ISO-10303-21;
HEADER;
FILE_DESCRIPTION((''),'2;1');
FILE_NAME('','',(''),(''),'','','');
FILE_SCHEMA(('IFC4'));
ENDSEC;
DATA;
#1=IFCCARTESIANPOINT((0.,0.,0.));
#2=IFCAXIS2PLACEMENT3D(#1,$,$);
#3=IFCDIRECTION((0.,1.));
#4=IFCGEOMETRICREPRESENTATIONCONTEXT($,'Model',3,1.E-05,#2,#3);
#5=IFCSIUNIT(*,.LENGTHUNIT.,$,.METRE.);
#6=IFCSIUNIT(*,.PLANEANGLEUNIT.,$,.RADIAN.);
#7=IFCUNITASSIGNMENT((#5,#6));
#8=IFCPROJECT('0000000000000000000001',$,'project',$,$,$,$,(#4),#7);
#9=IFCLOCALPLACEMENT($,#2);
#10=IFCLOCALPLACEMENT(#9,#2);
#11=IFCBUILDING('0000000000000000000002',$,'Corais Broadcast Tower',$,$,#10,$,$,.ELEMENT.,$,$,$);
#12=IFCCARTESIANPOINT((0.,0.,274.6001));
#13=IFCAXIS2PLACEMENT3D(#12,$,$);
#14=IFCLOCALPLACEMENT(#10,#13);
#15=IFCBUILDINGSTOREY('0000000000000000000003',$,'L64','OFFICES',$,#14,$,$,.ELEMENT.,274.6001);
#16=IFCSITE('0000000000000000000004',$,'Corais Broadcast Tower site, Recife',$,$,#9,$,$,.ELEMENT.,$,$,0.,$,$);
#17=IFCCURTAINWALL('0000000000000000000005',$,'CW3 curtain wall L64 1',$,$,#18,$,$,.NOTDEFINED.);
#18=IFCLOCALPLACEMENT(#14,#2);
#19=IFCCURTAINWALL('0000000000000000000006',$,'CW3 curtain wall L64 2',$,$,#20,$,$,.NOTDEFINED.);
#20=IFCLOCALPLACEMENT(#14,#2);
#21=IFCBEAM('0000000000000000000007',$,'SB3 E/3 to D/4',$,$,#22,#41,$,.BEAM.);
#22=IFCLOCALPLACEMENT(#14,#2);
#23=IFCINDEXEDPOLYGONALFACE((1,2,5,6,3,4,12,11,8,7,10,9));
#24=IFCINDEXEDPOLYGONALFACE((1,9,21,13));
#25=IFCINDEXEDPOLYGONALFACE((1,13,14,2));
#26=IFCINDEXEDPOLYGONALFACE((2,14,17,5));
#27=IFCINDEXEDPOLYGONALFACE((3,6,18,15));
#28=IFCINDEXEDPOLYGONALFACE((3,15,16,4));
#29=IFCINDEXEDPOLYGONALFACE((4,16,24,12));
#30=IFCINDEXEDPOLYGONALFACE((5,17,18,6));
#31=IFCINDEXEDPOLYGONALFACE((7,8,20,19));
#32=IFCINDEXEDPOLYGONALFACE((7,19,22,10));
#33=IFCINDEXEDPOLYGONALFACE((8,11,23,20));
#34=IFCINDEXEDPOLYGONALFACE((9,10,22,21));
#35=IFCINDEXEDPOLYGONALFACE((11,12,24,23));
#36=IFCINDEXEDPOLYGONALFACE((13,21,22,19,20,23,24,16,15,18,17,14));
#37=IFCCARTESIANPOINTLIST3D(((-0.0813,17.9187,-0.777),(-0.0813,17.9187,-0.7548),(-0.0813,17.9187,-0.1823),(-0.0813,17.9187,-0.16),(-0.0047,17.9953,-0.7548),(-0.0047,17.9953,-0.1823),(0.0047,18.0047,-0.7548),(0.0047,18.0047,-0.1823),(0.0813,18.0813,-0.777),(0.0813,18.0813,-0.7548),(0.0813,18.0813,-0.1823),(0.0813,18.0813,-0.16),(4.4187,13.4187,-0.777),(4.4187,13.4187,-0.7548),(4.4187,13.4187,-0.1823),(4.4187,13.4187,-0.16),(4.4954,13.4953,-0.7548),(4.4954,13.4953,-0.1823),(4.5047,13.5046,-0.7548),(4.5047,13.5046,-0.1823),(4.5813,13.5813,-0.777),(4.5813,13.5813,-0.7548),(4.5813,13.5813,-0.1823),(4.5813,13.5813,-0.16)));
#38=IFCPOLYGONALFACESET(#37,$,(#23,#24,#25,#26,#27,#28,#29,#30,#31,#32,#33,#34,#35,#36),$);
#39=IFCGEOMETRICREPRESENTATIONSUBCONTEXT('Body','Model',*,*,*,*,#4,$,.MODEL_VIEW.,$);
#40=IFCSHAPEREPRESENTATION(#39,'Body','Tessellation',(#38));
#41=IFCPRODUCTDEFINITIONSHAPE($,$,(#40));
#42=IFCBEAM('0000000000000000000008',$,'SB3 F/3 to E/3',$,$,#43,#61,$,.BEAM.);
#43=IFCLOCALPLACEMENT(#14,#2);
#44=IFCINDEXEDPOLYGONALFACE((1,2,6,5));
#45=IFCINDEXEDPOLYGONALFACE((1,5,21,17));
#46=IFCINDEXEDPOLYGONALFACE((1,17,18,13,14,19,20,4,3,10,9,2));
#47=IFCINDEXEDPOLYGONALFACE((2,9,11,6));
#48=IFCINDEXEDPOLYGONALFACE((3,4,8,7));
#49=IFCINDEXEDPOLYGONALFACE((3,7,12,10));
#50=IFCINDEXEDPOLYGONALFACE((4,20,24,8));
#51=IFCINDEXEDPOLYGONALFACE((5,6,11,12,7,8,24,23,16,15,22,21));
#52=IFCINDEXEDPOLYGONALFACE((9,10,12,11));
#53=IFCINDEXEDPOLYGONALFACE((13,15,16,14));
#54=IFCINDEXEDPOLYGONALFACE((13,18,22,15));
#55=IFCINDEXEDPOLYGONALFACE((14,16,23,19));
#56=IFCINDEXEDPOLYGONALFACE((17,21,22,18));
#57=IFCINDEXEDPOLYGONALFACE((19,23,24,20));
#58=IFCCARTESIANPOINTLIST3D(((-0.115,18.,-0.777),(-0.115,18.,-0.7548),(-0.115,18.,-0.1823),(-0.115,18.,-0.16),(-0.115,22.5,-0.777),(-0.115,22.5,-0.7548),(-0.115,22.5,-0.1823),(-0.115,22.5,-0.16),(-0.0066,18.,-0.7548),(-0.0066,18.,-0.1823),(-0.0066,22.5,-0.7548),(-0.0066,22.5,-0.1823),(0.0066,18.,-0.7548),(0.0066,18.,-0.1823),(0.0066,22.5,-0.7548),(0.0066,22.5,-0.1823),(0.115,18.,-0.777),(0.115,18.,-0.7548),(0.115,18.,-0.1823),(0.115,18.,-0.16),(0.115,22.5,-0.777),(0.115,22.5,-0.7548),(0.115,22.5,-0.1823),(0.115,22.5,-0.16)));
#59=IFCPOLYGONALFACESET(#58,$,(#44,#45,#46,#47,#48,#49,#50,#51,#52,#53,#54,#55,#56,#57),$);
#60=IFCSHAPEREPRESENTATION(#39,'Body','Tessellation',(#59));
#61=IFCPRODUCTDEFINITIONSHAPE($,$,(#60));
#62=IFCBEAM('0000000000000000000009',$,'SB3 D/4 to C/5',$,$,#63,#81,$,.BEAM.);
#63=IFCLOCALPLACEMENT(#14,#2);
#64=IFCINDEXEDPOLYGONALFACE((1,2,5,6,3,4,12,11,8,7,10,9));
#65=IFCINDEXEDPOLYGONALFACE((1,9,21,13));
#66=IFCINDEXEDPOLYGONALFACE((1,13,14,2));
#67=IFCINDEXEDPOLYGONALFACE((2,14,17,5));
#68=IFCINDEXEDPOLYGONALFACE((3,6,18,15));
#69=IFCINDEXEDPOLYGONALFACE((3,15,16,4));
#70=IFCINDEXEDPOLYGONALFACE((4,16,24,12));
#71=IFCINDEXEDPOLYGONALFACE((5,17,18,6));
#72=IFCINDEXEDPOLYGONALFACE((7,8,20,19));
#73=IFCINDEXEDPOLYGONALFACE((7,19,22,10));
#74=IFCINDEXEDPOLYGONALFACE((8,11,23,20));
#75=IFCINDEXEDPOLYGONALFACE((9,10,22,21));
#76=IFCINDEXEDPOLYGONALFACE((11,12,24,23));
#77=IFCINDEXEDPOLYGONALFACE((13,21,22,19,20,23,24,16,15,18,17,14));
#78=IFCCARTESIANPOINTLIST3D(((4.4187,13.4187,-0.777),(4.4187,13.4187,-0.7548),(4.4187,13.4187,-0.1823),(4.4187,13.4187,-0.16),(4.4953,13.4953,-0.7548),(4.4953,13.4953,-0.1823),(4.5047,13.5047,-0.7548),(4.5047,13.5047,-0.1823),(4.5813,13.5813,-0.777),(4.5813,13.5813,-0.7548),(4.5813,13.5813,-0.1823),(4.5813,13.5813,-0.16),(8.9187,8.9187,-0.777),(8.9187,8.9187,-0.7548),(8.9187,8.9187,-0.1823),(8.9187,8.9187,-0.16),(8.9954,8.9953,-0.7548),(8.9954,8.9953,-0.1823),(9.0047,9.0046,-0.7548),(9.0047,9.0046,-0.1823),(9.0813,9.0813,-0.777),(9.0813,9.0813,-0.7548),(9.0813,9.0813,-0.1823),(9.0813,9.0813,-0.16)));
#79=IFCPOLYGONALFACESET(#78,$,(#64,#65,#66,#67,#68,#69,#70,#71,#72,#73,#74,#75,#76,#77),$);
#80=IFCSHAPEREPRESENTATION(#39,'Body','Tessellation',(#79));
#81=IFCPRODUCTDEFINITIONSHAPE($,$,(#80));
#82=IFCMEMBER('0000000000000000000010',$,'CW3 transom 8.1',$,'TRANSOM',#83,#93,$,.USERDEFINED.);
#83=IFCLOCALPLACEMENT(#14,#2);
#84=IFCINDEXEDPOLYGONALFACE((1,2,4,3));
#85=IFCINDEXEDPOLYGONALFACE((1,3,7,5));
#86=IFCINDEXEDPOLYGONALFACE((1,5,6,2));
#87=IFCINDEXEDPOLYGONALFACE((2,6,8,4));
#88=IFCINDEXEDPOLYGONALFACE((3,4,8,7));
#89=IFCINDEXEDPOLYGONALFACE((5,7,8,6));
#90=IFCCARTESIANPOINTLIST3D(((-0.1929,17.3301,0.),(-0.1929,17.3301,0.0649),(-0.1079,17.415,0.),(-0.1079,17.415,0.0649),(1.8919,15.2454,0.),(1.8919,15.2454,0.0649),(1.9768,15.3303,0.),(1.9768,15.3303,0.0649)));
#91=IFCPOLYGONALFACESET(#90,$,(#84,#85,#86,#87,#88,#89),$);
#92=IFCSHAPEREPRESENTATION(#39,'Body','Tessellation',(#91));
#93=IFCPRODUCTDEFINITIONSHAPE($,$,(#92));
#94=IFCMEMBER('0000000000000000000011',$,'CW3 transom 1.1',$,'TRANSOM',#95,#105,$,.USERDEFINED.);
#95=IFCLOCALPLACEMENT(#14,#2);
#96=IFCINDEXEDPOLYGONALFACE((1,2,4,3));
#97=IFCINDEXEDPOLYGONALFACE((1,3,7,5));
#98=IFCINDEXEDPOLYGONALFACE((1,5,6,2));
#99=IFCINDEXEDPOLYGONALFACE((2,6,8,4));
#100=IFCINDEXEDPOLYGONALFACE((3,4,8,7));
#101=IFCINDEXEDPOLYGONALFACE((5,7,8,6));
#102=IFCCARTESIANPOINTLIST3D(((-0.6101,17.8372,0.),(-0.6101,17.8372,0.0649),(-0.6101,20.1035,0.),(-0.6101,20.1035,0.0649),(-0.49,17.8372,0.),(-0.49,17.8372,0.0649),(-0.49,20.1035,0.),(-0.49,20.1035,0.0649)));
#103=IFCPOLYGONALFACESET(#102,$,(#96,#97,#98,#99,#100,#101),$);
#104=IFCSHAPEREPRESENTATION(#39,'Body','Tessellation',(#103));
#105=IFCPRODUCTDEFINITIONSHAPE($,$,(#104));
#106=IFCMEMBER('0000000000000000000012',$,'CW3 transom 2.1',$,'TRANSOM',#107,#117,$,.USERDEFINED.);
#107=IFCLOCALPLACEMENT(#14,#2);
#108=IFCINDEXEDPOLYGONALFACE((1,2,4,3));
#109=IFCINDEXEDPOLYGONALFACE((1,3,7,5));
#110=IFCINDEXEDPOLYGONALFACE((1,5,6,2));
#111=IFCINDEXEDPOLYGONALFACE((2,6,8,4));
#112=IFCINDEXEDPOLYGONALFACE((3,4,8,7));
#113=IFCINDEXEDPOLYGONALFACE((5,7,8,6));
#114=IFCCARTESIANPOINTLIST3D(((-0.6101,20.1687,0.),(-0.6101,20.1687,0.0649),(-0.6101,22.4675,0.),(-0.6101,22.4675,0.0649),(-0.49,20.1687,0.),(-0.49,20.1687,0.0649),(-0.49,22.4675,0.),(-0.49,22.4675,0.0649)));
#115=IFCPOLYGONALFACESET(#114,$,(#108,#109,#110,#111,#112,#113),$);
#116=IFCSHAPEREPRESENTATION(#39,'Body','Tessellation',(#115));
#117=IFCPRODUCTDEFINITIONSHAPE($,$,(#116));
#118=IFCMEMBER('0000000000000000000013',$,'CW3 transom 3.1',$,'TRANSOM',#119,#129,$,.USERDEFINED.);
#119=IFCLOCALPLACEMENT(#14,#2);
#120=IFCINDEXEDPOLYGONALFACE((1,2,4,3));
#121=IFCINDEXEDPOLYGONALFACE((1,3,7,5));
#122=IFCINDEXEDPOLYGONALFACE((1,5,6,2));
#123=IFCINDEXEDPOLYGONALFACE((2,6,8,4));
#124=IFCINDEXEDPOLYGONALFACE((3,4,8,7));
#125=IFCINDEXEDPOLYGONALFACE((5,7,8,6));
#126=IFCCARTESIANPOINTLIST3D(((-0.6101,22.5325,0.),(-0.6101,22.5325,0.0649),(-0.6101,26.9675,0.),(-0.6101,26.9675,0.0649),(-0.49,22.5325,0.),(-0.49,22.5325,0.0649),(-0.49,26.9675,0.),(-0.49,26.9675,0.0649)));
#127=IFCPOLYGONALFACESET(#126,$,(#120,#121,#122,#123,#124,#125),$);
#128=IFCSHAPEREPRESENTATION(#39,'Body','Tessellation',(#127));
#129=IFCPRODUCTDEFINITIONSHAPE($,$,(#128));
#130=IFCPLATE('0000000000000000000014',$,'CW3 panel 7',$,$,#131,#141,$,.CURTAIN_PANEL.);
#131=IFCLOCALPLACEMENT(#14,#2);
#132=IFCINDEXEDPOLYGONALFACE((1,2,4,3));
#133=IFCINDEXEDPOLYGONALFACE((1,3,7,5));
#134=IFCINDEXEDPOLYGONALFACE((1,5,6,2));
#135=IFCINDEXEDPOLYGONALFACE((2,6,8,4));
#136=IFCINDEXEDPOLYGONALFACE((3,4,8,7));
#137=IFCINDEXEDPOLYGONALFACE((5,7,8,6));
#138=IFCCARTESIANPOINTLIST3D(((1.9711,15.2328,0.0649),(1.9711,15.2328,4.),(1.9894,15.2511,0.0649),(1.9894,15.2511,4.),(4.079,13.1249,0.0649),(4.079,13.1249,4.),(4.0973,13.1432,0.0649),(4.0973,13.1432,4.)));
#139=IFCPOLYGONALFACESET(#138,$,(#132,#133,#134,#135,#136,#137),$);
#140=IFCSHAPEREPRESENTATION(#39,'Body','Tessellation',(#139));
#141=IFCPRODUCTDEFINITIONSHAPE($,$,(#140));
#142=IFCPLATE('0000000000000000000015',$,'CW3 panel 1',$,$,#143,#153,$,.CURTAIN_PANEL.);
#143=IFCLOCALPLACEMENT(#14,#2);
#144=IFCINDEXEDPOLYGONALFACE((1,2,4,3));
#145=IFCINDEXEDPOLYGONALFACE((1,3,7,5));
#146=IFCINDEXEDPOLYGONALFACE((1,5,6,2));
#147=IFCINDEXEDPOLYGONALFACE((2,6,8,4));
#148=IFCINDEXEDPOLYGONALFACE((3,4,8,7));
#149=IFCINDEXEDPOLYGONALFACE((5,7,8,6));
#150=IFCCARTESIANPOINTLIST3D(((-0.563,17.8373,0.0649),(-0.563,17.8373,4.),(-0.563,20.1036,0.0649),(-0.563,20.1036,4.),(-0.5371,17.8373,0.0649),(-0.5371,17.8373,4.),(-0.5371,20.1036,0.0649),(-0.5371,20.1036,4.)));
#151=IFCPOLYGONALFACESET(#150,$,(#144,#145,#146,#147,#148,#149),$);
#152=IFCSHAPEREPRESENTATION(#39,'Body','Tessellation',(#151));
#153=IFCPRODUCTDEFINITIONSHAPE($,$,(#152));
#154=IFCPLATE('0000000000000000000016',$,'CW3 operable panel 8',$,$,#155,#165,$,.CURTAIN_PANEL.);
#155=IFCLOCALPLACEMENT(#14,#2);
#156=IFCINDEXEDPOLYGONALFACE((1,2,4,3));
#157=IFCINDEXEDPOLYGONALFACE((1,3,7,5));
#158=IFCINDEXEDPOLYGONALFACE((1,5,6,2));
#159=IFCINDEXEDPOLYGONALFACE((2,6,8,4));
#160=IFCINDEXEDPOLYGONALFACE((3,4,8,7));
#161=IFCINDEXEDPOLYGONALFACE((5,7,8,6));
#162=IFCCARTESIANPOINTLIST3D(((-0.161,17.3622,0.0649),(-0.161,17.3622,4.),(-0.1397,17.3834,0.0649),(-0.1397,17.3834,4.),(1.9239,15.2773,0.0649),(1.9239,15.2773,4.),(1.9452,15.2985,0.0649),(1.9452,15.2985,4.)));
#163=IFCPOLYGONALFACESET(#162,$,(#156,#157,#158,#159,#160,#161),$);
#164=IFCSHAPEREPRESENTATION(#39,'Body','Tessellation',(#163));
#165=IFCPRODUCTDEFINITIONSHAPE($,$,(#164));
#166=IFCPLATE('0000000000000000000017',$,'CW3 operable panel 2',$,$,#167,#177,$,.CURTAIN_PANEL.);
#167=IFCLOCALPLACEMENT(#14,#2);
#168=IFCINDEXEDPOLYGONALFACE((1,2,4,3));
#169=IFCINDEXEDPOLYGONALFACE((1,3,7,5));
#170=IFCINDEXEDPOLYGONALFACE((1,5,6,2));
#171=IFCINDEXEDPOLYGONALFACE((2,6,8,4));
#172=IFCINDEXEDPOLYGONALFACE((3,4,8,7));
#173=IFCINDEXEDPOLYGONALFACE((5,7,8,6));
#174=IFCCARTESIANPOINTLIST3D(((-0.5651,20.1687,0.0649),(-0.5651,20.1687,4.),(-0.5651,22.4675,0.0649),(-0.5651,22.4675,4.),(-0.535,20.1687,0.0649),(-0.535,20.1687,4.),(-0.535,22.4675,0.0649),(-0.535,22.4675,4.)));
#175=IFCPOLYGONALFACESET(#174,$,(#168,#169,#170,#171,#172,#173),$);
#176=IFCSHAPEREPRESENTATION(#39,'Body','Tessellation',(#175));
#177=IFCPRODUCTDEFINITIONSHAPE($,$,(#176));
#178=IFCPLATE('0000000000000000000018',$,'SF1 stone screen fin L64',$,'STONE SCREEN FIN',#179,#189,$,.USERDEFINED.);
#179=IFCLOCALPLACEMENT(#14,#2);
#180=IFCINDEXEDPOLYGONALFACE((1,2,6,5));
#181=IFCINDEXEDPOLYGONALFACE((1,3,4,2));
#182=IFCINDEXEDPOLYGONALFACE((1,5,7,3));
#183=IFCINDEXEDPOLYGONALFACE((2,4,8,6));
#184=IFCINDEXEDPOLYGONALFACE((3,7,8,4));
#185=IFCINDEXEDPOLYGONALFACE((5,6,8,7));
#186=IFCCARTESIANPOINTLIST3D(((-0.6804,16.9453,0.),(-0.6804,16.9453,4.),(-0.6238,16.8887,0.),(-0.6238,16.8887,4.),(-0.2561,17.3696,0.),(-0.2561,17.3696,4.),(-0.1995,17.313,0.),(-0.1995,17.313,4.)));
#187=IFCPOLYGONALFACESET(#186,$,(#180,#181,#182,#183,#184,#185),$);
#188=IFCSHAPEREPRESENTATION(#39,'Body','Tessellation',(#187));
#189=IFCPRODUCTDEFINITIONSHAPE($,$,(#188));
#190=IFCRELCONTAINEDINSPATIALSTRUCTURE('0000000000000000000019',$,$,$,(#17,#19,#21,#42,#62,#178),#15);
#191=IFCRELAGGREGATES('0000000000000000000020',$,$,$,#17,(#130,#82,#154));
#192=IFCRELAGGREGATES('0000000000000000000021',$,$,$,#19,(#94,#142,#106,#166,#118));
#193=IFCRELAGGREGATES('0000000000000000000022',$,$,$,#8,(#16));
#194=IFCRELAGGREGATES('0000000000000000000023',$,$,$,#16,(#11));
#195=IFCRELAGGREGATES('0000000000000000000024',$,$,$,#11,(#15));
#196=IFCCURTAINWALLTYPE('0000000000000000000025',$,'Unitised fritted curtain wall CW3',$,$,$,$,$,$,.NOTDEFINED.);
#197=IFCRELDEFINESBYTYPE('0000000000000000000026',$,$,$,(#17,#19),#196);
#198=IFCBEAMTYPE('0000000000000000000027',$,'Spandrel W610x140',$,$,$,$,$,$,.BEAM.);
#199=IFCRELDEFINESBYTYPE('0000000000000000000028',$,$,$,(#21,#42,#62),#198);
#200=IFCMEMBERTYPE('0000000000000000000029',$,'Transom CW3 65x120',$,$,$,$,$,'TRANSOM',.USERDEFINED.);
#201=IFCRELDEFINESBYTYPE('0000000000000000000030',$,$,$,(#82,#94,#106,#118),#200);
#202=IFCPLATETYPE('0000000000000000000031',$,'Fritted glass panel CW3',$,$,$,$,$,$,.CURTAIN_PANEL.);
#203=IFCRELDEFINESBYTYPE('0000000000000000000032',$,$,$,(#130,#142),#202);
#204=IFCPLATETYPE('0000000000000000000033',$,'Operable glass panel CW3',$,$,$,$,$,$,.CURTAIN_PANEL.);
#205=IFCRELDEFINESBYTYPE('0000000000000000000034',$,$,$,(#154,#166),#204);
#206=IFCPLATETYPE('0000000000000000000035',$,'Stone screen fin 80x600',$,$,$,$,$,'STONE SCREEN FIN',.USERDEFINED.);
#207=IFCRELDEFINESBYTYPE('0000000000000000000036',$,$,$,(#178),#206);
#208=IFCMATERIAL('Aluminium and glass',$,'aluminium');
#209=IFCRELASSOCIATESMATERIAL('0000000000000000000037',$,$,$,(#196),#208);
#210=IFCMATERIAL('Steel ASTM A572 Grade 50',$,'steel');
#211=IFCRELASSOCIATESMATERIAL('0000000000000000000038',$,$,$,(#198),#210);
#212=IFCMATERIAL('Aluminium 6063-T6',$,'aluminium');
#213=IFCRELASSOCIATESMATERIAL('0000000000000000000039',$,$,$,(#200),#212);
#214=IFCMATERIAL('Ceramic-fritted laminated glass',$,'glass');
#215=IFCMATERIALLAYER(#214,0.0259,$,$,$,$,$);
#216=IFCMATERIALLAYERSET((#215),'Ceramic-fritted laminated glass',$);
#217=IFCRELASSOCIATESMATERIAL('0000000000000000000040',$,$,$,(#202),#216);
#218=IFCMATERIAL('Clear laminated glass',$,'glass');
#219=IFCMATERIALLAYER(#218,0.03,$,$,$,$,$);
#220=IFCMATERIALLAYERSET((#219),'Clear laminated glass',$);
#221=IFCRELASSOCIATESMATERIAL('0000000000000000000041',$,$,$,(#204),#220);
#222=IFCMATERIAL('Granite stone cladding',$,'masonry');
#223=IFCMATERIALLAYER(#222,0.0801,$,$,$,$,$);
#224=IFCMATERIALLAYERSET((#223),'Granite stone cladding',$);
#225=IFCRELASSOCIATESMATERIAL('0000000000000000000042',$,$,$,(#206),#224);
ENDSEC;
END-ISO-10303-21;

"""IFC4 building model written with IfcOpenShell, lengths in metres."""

from ifc_helpers import new_model, si_unit, direction, frame, origin, origin_2d, place, context, subcontext, project, spatial, rectangle, i_section, extrude, material, layer, layer_set, material_profile, profile_set, type_object, element, aggregate, save


model = new_model("IFC4")

# Units and contexts
model_context = context("Model", 3, precision=1e-05, world=origin(), true_north=direction((0.0, 1.0)))
body_context = subcontext(model_context, "Body", "Model", "MODEL_VIEW")
ifc_project = project(units=[si_unit("LENGTHUNIT", "METRE"), si_unit("PLANEANGLEUNIT", "RADIAN")], contexts=[model_context])

# Site, building, storey
site_placement = place(None, origin())
site = spatial("IfcSite", under=ifc_project, at=site_placement, Name="Corais Broadcast Tower site, Recife", CompositionType="ELEMENT", RefElevation=0.0)
building_placement = place(site_placement, origin())
building = spatial("IfcBuilding", under=site, at=building_placement, Name="Corais Broadcast Tower", CompositionType="ELEMENT")
storey_placement = place(building_placement, frame((0.0, 0.0, 274.6001)))
storey = spatial("IfcBuildingStorey", under=building, at=storey_placement, Name="L64", Description="OFFICES", CompositionType="ELEMENT", Elevation=274.6001)

# Curtain walls
ifc_material_1 = material(Name="Aluminium and glass", Category="aluminium")
curtain_wall_type = type_object("IfcCurtainWallType", Name="Unitised fritted curtain wall CW3", PredefinedType="NOTDEFINED", material=ifc_material_1)
curtain_wall_1_placement = place(storey_placement, origin())
curtain_wall_1 = element("IfcCurtainWall", 1, at=curtain_wall_1_placement, inside=storey, type_object=curtain_wall_type, Name="CW3 curtain wall L64 1", PredefinedType="NOTDEFINED")
curtain_wall_2_placement = place(storey_placement, origin())
curtain_wall_2 = element("IfcCurtainWall", 2, at=curtain_wall_2_placement, inside=storey, type_object=curtain_wall_type, Name="CW3 curtain wall L64 2", PredefinedType="NOTDEFINED")

# Beams
ifc_material_2 = material(Name="Steel ASTM A572 Grade 50", Category="steel")
ifc_material_profile_1 = material_profile(ifc_material_2, i_section(OverallWidth=0.23, OverallDepth=0.6169, WebThickness=0.0132, FlangeThickness=0.0222, at=origin_2d()), Name="W610x140")
ifc_profile_set_1 = profile_set([ifc_material_profile_1], Name="Steel ASTM A572 Grade 50")
beam_type_1 = type_object("IfcBeamType", Name="Spandrel W610x140", PredefinedType="BEAM", material=ifc_profile_set_1)
beam_1_placement = place(storey_placement, frame((0.0, 18.0, -0.4685), z_axis=(0.707107, -0.707107, 0.0), x_axis=(0.707107, 0.707107, 0.0)))
element("IfcBeam", 3, at=beam_1_placement, inside=storey, type_object=beam_type_1, Name="SB3 E/3 to D/4", PredefinedType="BEAM", context=body_context, shape_type="SweptSolid", body=[
    extrude(i_section(OverallWidth=0.23, OverallDepth=0.6169, WebThickness=0.0132, FlangeThickness=0.0222, at=origin_2d()), origin(), (0.0, 0.0, 1.0), 6.364),
])
beam_2_placement = place(storey_placement, frame((0.0, 22.5, -0.4685), z_axis=(0.0, -1.0, 0.0), x_axis=(1.0, 0.0, 0.0)))
element("IfcBeam", 4, at=beam_2_placement, inside=storey, type_object=beam_type_1, Name="SB3 F/3 to E/3", PredefinedType="BEAM", context=body_context, shape_type="SweptSolid", body=[
    extrude(i_section(OverallWidth=0.23, OverallDepth=0.6169, WebThickness=0.0132, FlangeThickness=0.0222, at=origin_2d()), origin(), (0.0, 0.0, 1.0), 4.5),
])
beam_3_placement = place(storey_placement, frame((4.5, 13.5, -0.4685), z_axis=(0.707107, -0.707107, 0.0), x_axis=(0.707107, 0.707107, 0.0)))
element("IfcBeam", 5, at=beam_3_placement, inside=storey, type_object=beam_type_1, Name="SB3 D/4 to C/5", PredefinedType="BEAM", context=body_context, shape_type="SweptSolid", body=[
    extrude(i_section(OverallWidth=0.23, OverallDepth=0.6169, WebThickness=0.0132, FlangeThickness=0.0222, at=origin_2d()), origin(), (0.0, 0.0, 1.0), 6.364),
])

# Members
ifc_material_3 = material(Name="Aluminium 6063-T6", Category="aluminium")
ifc_material_profile_2 = material_profile(ifc_material_3, rectangle(XDim=0.1201, YDim=0.0649, at=origin_2d()), Name="Transom CW3 65x120")
ifc_profile_set_2 = profile_set([ifc_material_profile_2], Name="Aluminium 6063-T6")
member_type_1 = type_object("IfcMemberType", Name="Transom CW3 65x120", ElementType="TRANSOM", PredefinedType="USERDEFINED", material=ifc_profile_set_2)
member_1_placement = place(storey_placement, frame((1.9343, 15.2878, 0.0325), z_axis=(-0.707107, 0.707107, 0.0), x_axis=(-0.707107, -0.707107, 0.0)))
member_1 = element("IfcMember", 6, at=member_1_placement, type_object=member_type_1, Name="CW3 transom 8.1", ObjectType="TRANSOM", PredefinedType="USERDEFINED", context=body_context, shape_type="SweptSolid", body=[
    extrude(rectangle(XDim=0.1201, YDim=0.0649, at=origin_2d()), origin(), (0.0, 0.0, 1.0), 2.9482),
])
member_2_placement = place(storey_placement, frame((-0.55, 17.8372, 0.0325), z_axis=(0.0, 1.0, 0.0), x_axis=(-1.0, 0.0, 0.0)))
member_2 = element("IfcMember", 7, at=member_2_placement, type_object=member_type_1, Name="CW3 transom 1.1", ObjectType="TRANSOM", PredefinedType="USERDEFINED", context=body_context, shape_type="SweptSolid", body=[
    extrude(rectangle(XDim=0.1201, YDim=0.0649, at=origin_2d()), origin(), (0.0, 0.0, 1.0), 2.2664),
])
member_3_placement = place(storey_placement, frame((-0.55, 20.1687, 0.0325), z_axis=(0.0, 1.0, 0.0), x_axis=(-1.0, 0.0, 0.0)))
member_3 = element("IfcMember", 8, at=member_3_placement, type_object=member_type_1, Name="CW3 transom 2.1", ObjectType="TRANSOM", PredefinedType="USERDEFINED", context=body_context, shape_type="SweptSolid", body=[
    extrude(rectangle(XDim=0.1201, YDim=0.0649, at=origin_2d()), origin(), (0.0, 0.0, 1.0), 2.2988),
])
member_4_placement = place(storey_placement, frame((-0.55, 22.5325, 0.0325), z_axis=(0.0, 1.0, 0.0), x_axis=(-1.0, 0.0, 0.0)))
member_4 = element("IfcMember", 9, at=member_4_placement, type_object=member_type_1, Name="CW3 transom 3.1", ObjectType="TRANSOM", PredefinedType="USERDEFINED", context=body_context, shape_type="SweptSolid", body=[
    extrude(rectangle(XDim=0.1201, YDim=0.0649, at=origin_2d()), origin(), (0.0, 0.0, 1.0), 4.4351),
])

# Plates
ifc_material_4 = material(Name="Ceramic-fritted laminated glass", Category="glass")
ifc_layer_1 = layer(ifc_material_4, 0.0259)
ifc_layer_set_1 = layer_set([ifc_layer_1], Name="Ceramic-fritted laminated glass")
plate_type_1 = type_object("IfcPlateType", Name="Fritted glass panel CW3", PredefinedType="CURTAIN_PANEL", material=ifc_layer_set_1)
plate_1_placement = place(storey_placement, frame((3.0342, 14.188, 0.0649), z_axis=(0.0, 0.0, 1.0), x_axis=(-0.707107, 0.707107, 0.0)))
plate_1 = element("IfcPlate", 10, at=plate_1_placement, type_object=plate_type_1, Name="CW3 panel 7", PredefinedType="CURTAIN_PANEL", context=body_context, shape_type="SweptSolid", body=[
    extrude(rectangle(XDim=2.981, YDim=0.0259, at=origin_2d()), origin(), (0.0, 0.0, 1.0), 3.9351),
])
plate_2_placement = place(storey_placement, frame((-0.55, 18.9705, 0.0649), z_axis=(0.0, 0.0, 1.0), x_axis=(0.0, 1.0, 0.0)))
plate_2 = element("IfcPlate", 11, at=plate_2_placement, type_object=plate_type_1, Name="CW3 panel 1", PredefinedType="CURTAIN_PANEL", context=body_context, shape_type="SweptSolid", body=[
    extrude(rectangle(XDim=2.2664, YDim=0.0259, at=origin_2d()), origin(), (0.0, 0.0, 1.0), 3.9351),
])
ifc_material_5 = material(Name="Clear laminated glass", Category="glass")
ifc_layer_2 = layer(ifc_material_5, 0.03)
ifc_layer_set_2 = layer_set([ifc_layer_2], Name="Clear laminated glass")
plate_type_2 = type_object("IfcPlateType", Name="Operable glass panel CW3", PredefinedType="CURTAIN_PANEL", material=ifc_layer_set_2)
plate_3_placement = place(storey_placement, frame((0.8921, 16.3303, 0.0649), z_axis=(0.0, 0.0, 1.0), x_axis=(-0.707107, 0.707107, 0.0)))
plate_3 = element("IfcPlate", 12, at=plate_3_placement, type_object=plate_type_2, Name="CW3 operable panel 8", PredefinedType="CURTAIN_PANEL", context=body_context, shape_type="SweptSolid", body=[
    extrude(rectangle(XDim=2.9485, YDim=0.03, at=origin_2d()), origin(), (0.0, 0.0, 1.0), 3.9351),
])
aggregate(curtain_wall_1, [plate_1, member_1, plate_3])
plate_4_placement = place(storey_placement, frame((-0.55, 21.3181, 0.0649), z_axis=(0.0, 0.0, 1.0), x_axis=(0.0, 1.0, 0.0)))
plate_4 = element("IfcPlate", 13, at=plate_4_placement, type_object=plate_type_2, Name="CW3 operable panel 2", PredefinedType="CURTAIN_PANEL", context=body_context, shape_type="SweptSolid", body=[
    extrude(rectangle(XDim=2.2988, YDim=0.03, at=origin_2d()), origin(), (0.0, 0.0, 1.0), 3.9351),
])
aggregate(curtain_wall_2, [member_2, plate_2, member_3, plate_4, member_4])
ifc_material_6 = material(Name="Granite stone cladding", Category="masonry")
ifc_layer_3 = layer(ifc_material_6, 0.0801)
ifc_layer_set_3 = layer_set([ifc_layer_3], Name="Granite stone cladding")
plate_type_3 = type_object("IfcPlateType", Name="Stone screen fin 80x600", ElementType="STONE SCREEN FIN", PredefinedType="USERDEFINED", material=ifc_layer_set_3)
plate_5_placement = place(storey_placement, frame((-0.4399, 17.1292, 0.0), z_axis=(0.0, 0.0, 1.0), x_axis=(-0.707107, 0.707107, 0.0)))
element("IfcPlate", 14, at=plate_5_placement, inside=storey, type_object=plate_type_3, Name="SF1 stone screen fin L64", ObjectType="STONE SCREEN FIN", PredefinedType="USERDEFINED", context=body_context, shape_type="SweptSolid", body=[
    extrude(rectangle(XDim=0.0801, YDim=0.6001, at=origin_2d()), origin(), (0.0, 0.0, 1.0), 4.0),
])

save(model, "model.ifc")
